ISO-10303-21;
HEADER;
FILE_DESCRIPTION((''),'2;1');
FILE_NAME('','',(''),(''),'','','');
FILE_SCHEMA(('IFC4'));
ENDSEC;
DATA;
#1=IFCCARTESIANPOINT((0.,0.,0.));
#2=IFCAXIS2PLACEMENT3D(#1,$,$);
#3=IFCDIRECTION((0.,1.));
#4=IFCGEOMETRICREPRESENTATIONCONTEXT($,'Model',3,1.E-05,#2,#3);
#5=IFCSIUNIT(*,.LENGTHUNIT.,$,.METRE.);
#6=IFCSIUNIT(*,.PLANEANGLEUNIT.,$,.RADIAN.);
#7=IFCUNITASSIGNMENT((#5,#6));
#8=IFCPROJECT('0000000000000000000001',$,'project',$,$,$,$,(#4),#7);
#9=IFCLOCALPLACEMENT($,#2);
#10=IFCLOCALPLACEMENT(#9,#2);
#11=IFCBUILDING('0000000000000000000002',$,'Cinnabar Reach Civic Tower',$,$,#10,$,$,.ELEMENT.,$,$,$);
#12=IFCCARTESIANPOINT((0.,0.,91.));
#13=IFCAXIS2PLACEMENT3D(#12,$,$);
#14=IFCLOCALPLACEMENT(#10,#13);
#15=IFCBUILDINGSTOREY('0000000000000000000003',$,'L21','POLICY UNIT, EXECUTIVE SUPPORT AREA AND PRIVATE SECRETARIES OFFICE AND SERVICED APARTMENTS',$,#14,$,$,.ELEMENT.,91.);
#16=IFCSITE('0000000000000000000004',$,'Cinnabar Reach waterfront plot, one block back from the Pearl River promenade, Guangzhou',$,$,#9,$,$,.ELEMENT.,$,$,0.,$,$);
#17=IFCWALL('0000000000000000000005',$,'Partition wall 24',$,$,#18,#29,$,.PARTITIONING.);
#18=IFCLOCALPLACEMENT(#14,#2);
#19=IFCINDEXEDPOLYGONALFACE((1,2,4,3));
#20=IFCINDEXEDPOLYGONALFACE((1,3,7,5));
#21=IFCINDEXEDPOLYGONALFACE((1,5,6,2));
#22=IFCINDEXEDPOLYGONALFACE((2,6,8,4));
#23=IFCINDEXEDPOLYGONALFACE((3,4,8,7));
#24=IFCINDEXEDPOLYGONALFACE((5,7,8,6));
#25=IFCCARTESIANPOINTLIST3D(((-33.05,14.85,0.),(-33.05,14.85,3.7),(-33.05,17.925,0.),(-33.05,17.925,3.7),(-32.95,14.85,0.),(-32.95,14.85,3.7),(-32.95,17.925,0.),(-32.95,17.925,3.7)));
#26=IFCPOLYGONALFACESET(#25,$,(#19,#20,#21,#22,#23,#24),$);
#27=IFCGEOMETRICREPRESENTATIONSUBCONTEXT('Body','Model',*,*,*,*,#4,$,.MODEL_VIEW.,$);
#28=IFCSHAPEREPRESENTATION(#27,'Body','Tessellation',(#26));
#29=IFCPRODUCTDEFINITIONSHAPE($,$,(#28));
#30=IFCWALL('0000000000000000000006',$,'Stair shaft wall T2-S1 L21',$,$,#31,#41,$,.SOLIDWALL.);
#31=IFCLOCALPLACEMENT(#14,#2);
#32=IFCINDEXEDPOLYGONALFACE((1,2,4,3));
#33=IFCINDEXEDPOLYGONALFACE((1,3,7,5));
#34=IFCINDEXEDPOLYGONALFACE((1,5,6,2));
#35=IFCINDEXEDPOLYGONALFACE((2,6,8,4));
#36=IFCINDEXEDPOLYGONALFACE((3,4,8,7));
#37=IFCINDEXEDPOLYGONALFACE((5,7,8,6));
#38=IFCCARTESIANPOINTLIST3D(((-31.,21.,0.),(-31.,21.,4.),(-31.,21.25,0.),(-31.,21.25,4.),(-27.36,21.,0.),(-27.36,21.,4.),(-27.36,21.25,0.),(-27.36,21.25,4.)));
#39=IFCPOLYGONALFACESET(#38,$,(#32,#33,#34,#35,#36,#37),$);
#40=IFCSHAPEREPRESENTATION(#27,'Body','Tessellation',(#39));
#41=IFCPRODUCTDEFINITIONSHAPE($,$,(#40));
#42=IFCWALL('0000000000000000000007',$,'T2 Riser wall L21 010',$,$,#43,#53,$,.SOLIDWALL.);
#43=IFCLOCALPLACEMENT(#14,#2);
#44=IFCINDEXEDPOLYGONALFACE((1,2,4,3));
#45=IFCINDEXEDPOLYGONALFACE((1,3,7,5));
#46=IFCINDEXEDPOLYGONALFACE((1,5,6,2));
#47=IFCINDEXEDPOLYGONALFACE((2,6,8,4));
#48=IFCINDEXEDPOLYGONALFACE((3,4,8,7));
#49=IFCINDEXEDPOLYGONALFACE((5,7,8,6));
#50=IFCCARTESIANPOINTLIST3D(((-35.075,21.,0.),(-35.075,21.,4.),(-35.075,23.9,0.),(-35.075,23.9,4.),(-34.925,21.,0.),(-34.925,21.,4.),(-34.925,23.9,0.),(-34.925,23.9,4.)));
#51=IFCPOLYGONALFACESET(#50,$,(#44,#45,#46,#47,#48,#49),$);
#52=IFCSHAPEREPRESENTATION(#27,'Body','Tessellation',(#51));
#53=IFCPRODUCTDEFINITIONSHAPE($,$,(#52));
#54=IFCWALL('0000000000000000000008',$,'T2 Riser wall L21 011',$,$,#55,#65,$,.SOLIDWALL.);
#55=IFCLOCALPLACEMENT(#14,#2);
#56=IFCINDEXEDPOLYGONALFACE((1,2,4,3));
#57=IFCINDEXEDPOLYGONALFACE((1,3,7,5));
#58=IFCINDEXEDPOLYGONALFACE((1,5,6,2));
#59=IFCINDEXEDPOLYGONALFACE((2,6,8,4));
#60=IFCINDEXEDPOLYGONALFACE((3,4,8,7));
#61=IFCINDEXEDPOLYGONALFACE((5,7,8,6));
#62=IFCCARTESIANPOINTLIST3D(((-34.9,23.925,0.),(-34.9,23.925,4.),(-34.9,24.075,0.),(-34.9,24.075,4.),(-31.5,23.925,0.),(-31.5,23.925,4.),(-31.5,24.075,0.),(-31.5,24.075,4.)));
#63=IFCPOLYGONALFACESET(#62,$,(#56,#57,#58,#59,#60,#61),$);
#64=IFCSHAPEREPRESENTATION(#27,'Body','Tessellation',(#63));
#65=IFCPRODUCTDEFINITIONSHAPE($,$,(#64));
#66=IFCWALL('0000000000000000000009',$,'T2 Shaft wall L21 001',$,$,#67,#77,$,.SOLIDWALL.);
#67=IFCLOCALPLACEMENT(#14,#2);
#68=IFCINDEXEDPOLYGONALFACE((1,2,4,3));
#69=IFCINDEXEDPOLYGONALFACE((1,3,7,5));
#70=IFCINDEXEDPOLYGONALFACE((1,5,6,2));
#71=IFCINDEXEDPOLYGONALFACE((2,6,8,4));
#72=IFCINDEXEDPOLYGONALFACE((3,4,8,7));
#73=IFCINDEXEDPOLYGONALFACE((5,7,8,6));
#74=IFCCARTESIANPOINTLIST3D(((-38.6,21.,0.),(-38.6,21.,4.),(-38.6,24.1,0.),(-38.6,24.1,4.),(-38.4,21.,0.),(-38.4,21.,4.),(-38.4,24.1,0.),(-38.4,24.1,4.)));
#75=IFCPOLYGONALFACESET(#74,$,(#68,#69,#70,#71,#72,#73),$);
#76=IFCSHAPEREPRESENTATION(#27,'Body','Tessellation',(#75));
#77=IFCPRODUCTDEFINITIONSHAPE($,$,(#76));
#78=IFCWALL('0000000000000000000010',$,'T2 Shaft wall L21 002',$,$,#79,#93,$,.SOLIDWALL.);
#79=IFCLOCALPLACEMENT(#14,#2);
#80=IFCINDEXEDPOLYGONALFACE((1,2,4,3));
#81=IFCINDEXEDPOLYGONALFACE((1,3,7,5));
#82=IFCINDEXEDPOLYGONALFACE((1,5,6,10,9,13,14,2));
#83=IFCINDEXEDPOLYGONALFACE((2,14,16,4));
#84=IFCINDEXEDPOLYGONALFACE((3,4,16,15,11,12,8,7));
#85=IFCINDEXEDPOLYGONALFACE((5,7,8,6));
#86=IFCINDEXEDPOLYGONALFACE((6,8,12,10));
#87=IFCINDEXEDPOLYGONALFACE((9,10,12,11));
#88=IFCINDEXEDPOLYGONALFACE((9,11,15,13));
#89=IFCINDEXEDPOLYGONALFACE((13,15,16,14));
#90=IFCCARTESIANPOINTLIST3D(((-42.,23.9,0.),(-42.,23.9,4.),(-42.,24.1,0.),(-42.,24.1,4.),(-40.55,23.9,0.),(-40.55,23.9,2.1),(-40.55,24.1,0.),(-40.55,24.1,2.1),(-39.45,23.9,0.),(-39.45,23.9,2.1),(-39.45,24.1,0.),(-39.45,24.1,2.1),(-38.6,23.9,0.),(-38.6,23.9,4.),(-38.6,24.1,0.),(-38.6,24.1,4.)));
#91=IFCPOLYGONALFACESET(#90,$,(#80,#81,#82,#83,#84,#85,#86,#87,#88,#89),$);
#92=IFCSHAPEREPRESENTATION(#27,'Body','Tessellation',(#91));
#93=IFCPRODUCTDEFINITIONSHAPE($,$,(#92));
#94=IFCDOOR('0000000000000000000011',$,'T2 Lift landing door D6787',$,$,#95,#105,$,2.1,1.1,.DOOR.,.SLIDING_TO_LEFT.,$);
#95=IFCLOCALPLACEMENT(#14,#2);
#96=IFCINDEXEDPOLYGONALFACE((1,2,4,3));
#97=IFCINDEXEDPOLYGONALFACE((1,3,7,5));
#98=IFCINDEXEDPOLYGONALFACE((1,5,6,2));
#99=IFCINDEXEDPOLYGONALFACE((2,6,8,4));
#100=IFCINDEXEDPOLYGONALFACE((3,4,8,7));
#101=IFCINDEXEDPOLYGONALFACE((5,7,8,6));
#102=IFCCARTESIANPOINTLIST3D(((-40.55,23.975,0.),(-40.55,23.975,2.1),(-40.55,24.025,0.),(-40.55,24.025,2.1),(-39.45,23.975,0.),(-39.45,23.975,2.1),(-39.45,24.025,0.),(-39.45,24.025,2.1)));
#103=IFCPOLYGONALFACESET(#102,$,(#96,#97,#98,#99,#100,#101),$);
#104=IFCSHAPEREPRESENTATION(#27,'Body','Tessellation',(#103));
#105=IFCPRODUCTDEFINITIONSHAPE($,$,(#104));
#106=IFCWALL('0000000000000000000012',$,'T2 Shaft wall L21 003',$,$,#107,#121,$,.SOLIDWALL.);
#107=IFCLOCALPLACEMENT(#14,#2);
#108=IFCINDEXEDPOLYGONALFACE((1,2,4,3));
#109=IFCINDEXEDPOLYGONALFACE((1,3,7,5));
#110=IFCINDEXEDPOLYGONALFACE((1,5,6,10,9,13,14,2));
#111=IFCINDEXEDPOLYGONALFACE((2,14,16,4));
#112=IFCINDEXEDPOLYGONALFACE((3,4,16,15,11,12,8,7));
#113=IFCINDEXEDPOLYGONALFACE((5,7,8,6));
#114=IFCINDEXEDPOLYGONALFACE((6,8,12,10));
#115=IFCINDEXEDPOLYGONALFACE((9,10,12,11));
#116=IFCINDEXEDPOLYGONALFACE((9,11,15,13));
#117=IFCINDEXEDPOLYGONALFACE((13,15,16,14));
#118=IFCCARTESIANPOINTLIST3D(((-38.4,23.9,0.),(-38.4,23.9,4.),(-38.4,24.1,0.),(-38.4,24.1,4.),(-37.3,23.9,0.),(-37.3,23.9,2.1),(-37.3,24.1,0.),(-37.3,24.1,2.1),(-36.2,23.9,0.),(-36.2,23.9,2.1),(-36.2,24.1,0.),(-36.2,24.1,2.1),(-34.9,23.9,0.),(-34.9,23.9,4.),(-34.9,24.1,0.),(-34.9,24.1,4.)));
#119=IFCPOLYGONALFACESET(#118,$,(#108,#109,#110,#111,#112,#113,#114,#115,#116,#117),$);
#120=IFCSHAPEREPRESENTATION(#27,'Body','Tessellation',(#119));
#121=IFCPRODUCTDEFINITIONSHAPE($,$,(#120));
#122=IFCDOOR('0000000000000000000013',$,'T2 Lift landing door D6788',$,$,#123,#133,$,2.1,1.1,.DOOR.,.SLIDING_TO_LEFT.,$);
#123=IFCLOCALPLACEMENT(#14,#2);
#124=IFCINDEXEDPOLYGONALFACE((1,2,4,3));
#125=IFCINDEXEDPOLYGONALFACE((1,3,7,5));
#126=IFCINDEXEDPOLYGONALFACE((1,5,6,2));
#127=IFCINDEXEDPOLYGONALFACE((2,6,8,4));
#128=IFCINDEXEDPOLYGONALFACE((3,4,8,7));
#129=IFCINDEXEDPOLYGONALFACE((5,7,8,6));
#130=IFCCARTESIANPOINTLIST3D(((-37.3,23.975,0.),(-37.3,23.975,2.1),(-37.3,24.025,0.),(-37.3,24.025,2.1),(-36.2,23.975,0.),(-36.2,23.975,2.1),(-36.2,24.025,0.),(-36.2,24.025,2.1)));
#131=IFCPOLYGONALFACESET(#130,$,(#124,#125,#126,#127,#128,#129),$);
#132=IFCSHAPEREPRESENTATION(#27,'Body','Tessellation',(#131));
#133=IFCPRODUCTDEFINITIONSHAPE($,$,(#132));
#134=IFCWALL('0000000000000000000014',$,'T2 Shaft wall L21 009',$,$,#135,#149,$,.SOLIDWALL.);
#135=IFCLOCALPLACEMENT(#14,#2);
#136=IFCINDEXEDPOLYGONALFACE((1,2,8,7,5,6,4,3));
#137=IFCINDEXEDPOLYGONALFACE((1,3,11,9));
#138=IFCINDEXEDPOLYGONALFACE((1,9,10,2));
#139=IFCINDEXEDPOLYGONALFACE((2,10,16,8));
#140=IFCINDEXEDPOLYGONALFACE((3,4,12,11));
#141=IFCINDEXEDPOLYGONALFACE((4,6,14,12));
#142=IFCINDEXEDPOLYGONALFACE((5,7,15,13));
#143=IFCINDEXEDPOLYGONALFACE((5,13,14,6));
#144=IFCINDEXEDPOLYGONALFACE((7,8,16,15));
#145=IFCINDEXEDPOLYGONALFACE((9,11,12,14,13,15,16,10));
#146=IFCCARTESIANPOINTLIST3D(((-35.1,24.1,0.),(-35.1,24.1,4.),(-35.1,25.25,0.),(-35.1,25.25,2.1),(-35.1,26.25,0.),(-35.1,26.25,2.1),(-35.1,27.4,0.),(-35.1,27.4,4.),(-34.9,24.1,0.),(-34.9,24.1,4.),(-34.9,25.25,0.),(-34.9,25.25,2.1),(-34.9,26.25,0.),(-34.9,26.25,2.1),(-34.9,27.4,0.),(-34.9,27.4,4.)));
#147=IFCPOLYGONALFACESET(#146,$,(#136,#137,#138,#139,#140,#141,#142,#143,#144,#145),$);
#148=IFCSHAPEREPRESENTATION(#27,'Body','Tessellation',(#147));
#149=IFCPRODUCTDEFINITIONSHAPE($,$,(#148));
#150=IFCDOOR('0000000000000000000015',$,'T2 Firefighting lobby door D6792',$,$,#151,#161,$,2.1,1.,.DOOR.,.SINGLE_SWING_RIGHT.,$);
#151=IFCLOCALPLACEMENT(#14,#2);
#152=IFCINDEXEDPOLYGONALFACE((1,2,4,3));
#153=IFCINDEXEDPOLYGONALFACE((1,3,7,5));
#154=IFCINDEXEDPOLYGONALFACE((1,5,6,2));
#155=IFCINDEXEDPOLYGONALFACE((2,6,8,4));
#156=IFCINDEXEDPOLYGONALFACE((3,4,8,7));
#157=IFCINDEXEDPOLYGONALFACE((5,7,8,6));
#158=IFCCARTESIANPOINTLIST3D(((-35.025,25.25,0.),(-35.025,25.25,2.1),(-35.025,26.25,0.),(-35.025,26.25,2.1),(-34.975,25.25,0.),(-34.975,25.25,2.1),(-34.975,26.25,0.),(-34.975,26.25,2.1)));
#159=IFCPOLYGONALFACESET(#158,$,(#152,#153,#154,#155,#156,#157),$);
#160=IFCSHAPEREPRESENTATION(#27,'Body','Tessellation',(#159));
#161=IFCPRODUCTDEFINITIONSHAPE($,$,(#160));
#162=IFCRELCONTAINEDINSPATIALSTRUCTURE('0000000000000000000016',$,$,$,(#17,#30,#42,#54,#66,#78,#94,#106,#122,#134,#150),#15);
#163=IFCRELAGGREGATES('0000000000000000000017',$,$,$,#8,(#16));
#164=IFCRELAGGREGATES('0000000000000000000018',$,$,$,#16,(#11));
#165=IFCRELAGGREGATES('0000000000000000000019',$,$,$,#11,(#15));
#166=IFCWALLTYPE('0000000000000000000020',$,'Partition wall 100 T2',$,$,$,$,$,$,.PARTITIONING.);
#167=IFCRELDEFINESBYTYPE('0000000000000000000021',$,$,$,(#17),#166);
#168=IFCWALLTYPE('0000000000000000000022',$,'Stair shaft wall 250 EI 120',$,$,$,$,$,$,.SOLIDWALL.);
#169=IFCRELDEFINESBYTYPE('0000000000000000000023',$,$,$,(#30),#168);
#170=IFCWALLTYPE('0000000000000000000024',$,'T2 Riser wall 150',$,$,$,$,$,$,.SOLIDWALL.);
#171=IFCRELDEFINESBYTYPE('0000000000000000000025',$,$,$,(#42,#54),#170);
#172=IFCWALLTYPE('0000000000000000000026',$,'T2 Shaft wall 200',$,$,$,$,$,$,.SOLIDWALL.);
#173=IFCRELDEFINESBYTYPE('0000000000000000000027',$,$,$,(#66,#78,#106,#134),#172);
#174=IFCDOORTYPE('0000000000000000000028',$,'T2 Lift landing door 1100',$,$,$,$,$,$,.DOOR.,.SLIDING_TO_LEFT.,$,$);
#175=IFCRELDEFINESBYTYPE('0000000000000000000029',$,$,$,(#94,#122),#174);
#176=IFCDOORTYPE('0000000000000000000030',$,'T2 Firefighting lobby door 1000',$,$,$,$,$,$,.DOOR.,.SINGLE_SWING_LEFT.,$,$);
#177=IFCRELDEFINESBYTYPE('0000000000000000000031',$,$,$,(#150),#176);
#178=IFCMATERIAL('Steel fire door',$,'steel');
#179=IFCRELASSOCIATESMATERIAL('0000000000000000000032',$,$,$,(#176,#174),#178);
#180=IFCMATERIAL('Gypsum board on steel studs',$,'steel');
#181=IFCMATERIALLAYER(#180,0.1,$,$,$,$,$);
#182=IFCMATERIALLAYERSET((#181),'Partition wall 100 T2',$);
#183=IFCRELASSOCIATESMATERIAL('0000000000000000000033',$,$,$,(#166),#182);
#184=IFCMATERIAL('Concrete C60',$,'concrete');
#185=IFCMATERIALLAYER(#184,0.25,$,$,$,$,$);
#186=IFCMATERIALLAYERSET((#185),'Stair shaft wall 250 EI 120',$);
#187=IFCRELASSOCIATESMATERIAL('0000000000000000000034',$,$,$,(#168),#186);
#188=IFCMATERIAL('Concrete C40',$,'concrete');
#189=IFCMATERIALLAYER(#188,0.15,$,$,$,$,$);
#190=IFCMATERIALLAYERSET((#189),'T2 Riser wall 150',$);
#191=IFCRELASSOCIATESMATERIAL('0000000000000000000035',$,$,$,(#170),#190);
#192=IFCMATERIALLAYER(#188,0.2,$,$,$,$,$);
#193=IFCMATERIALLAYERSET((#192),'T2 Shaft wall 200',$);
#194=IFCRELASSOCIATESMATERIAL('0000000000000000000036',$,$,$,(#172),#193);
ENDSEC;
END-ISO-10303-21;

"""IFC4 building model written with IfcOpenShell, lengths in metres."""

from ifc_helpers import new_model, si_unit, direction, frame, frame_2d, origin, place, context, subcontext, project, spatial, rectangle, extrude, material, layer, layer_set, type_object, element, fill, save


model = new_model("IFC4")

# Units and contexts
model_context = context("Model", 3, precision=1e-05, world=origin(), true_north=direction((0.0, 1.0)))
body_context = subcontext(model_context, "Body", "Model", "MODEL_VIEW")
ifc_project = project(units=[si_unit("LENGTHUNIT", "METRE"), si_unit("PLANEANGLEUNIT", "RADIAN")], contexts=[model_context])

# Site, building, storey
site_placement = place(None, origin())
site = spatial("IfcSite", under=ifc_project, at=site_placement, Name="Cinnabar Reach waterfront plot, one block back from the Pearl River promenade, Guangzhou", CompositionType="ELEMENT", RefElevation=0.0)
building_placement = place(site_placement, origin())
building = spatial("IfcBuilding", under=site, at=building_placement, Name="Cinnabar Reach Civic Tower", CompositionType="ELEMENT")
storey_placement = place(building_placement, frame((0.0, 0.0, 91.0)))
storey = spatial("IfcBuildingStorey", under=building, at=storey_placement, Name="L21", Description="POLICY UNIT, EXECUTIVE SUPPORT AREA AND PRIVATE SECRETARIES OFFICE AND SERVICED APARTMENTS", CompositionType="ELEMENT", Elevation=91.0)

# Shared definitions
ifc_material_1 = material(Name="Concrete C60", Category="concrete")

# Shared definitions
ifc_material_2 = material(Name="Steel fire door", Category="steel")
door_type_1 = type_object("IfcDoorType", Name="T2 Firefighting lobby door 1000", OperationType="SINGLE_SWING_LEFT", PredefinedType="DOOR", material=ifc_material_2)

# Walls
ifc_material_3 = material(Name="Gypsum board on steel studs", Category="steel")
ifc_layer_1 = layer(ifc_material_3, 0.1)
ifc_layer_set_1 = layer_set([ifc_layer_1], Name="Partition wall 100 T2")
wall_type_1 = type_object("IfcWallType", Name="Partition wall 100 T2", PredefinedType="PARTITIONING", material=ifc_layer_set_1)
wall_1_placement = place(storey_placement, frame((-33.0, 14.85, 0.0), z_axis=(0.0, 0.0, 1.0), x_axis=(0.0, 1.0, 0.0)))
element("IfcWall", 1, at=wall_1_placement, inside=storey, type_object=wall_type_1, Name="Partition wall 24", PredefinedType="PARTITIONING", context=body_context, shape_type="SweptSolid", body=[
    extrude(rectangle(XDim=3.075, YDim=0.1, at=frame_2d((1.5375, 0.0))), origin(), (0.0, 0.0, 1.0), 3.7),
])
ifc_layer_2 = layer(ifc_material_1, 0.25)
ifc_layer_set_2 = layer_set([ifc_layer_2], Name="Stair shaft wall 250 EI 120")
wall_type_2 = type_object("IfcWallType", Name="Stair shaft wall 250 EI 120", PredefinedType="SOLIDWALL", material=ifc_layer_set_2)
wall_2_placement = place(storey_placement, frame((-31.0, 21.125, 0.0), z_axis=(0.0, 0.0, 1.0), x_axis=(1.0, 0.0, 0.0)))
element("IfcWall", 2, at=wall_2_placement, inside=storey, type_object=wall_type_2, Name="Stair shaft wall T2-S1 L21", PredefinedType="SOLIDWALL", context=body_context, shape_type="SweptSolid", body=[
    extrude(rectangle(XDim=3.64, YDim=0.25, at=frame_2d((1.82, 0.0))), origin(), (0.0, 0.0, 1.0), 4.0),
])
ifc_material_4 = material(Name="Concrete C40", Category="concrete")
ifc_layer_3 = layer(ifc_material_4, 0.15)
ifc_layer_set_3 = layer_set([ifc_layer_3], Name="T2 Riser wall 150")
wall_type_3 = type_object("IfcWallType", Name="T2 Riser wall 150", PredefinedType="SOLIDWALL", material=ifc_layer_set_3)
wall_3_placement = place(storey_placement, frame((-35.0, 21.0, 0.0), z_axis=(0.0, 0.0, 1.0), x_axis=(0.0, 1.0, 0.0)))
element("IfcWall", 3, at=wall_3_placement, inside=storey, type_object=wall_type_3, Name="T2 Riser wall L21 010", PredefinedType="SOLIDWALL", context=body_context, shape_type="SweptSolid", body=[
    extrude(rectangle(XDim=2.9, YDim=0.15, at=frame_2d((1.45, 0.0))), origin(), (0.0, 0.0, 1.0), 4.0),
])
wall_4_placement = place(storey_placement, frame((-31.5, 24.0, 0.0), z_axis=(0.0, 0.0, 1.0), x_axis=(-1.0, 0.0, 0.0)))
element("IfcWall", 4, at=wall_4_placement, inside=storey, type_object=wall_type_3, Name="T2 Riser wall L21 011", PredefinedType="SOLIDWALL", context=body_context, shape_type="SweptSolid", body=[
    extrude(rectangle(XDim=3.4, YDim=0.15, at=frame_2d((1.7, 0.0))), origin(), (0.0, 0.0, 1.0), 4.0),
])
ifc_layer_4 = layer(ifc_material_4, 0.2)
ifc_layer_set_4 = layer_set([ifc_layer_4], Name="T2 Shaft wall 200")
wall_type_4 = type_object("IfcWallType", Name="T2 Shaft wall 200", PredefinedType="SOLIDWALL", material=ifc_layer_set_4)
wall_5_placement = place(storey_placement, frame((-38.5, 21.0, 0.0), z_axis=(0.0, 0.0, 1.0), x_axis=(0.0, 1.0, 0.0)))
element("IfcWall", 5, at=wall_5_placement, inside=storey, type_object=wall_type_4, Name="T2 Shaft wall L21 001", PredefinedType="SOLIDWALL", context=body_context, shape_type="SweptSolid", body=[
    extrude(rectangle(XDim=3.1, YDim=0.2, at=frame_2d((1.55, 0.0))), origin(), (0.0, 0.0, 1.0), 4.0),
])

# Walls, openings, doors
wall_6_placement = place(storey_placement, frame((-38.6, 24.0, 0.0), z_axis=(0.0, 0.0, 1.0), x_axis=(-1.0, 0.0, 0.0)))
wall_6 = element("IfcWall", 6, at=wall_6_placement, inside=storey, type_object=wall_type_4, Name="T2 Shaft wall L21 002", PredefinedType="SOLIDWALL", context=body_context, shape_type="SweptSolid", body=[
    extrude(rectangle(XDim=3.4, YDim=0.2, at=frame_2d((1.7, 0.0))), origin(), (0.0, 0.0, 1.0), 4.0),
])
opening_1_placement = place(wall_6_placement, frame((0.85, 0.0, 0.0)))
opening_1 = element("IfcOpeningElement", 7, at=opening_1_placement, cuts=wall_6, PredefinedType="OPENING", context=body_context, shape_type="SweptSolid", body=[
    extrude(rectangle(XDim=1.1, YDim=2.1, at=frame_2d((0.55, 1.05))), frame((0.0, 0.11, 0.0), z_axis=(0.0, -1.0, 0.0), x_axis=(1.0, 0.0, 0.0)), (0.0, 0.0, 1.0), 0.22),
])
door_type_2 = type_object("IfcDoorType", Name="T2 Lift landing door 1100", OperationType="SLIDING_TO_LEFT", PredefinedType="DOOR", material=ifc_material_2)
door_1_placement = place(opening_1_placement, origin())
door_1 = element("IfcDoor", 8, at=door_1_placement, inside=storey, type_object=door_type_2, Name="T2 Lift landing door D6787", OperationType="SLIDING_TO_LEFT", OverallHeight=2.1, OverallWidth=1.1, PredefinedType="DOOR", context=body_context, shape_type="SweptSolid", body=[
    extrude(rectangle(XDim=1.1, YDim=2.1, at=frame_2d((0.55, 1.05))), frame((0.0, 0.025, 0.0), z_axis=(0.0, -1.0, 0.0), x_axis=(1.0, 0.0, 0.0)), (0.0, 0.0, 1.0), 0.05),
])
fill(opening_1, door_1)
wall_7_placement = place(storey_placement, frame((-34.9, 24.0, 0.0), z_axis=(0.0, 0.0, 1.0), x_axis=(-1.0, 0.0, 0.0)))
wall_7 = element("IfcWall", 9, at=wall_7_placement, inside=storey, type_object=wall_type_4, Name="T2 Shaft wall L21 003", PredefinedType="SOLIDWALL", context=body_context, shape_type="SweptSolid", body=[
    extrude(rectangle(XDim=3.5, YDim=0.2, at=frame_2d((1.75, 0.0))), origin(), (0.0, 0.0, 1.0), 4.0),
])
opening_2_placement = place(wall_7_placement, frame((1.3, 0.0, 0.0)))
opening_2 = element("IfcOpeningElement", 10, at=opening_2_placement, cuts=wall_7, PredefinedType="OPENING", context=body_context, shape_type="SweptSolid", body=[
    extrude(rectangle(XDim=1.1, YDim=2.1, at=frame_2d((0.55, 1.05))), frame((0.0, 0.11, 0.0), z_axis=(0.0, -1.0, 0.0), x_axis=(1.0, 0.0, 0.0)), (0.0, 0.0, 1.0), 0.22),
])
door_2_placement = place(opening_2_placement, origin())
door_2 = element("IfcDoor", 11, at=door_2_placement, inside=storey, type_object=door_type_2, Name="T2 Lift landing door D6788", OperationType="SLIDING_TO_LEFT", OverallHeight=2.1, OverallWidth=1.1, PredefinedType="DOOR", context=body_context, shape_type="SweptSolid", body=[
    extrude(rectangle(XDim=1.1, YDim=2.1, at=frame_2d((0.55, 1.05))), frame((0.0, 0.025, 0.0), z_axis=(0.0, -1.0, 0.0), x_axis=(1.0, 0.0, 0.0)), (0.0, 0.0, 1.0), 0.05),
])
fill(opening_2, door_2)
wall_8_placement = place(storey_placement, frame((-35.0, 24.1, 0.0), z_axis=(0.0, 0.0, 1.0), x_axis=(0.0, 1.0, 0.0)))
wall_8 = element("IfcWall", 12, at=wall_8_placement, inside=storey, type_object=wall_type_4, Name="T2 Shaft wall L21 009", PredefinedType="SOLIDWALL", context=body_context, shape_type="SweptSolid", body=[
    extrude(rectangle(XDim=3.3, YDim=0.2, at=frame_2d((1.65, 0.0))), origin(), (0.0, 0.0, 1.0), 4.0),
])
opening_3_placement = place(wall_8_placement, frame((1.15, 0.0, 0.0)))
opening_3 = element("IfcOpeningElement", 13, at=opening_3_placement, cuts=wall_8, PredefinedType="OPENING", context=body_context, shape_type="SweptSolid", body=[
    extrude(rectangle(XDim=1.0, YDim=2.1, at=frame_2d((0.5, 1.05))), frame((0.0, 0.11, 0.0), z_axis=(0.0, -1.0, 0.0), x_axis=(1.0, 0.0, 0.0)), (0.0, 0.0, 1.0), 0.22),
])
door_3_placement = place(opening_3_placement, origin())
door_3 = element("IfcDoor", 14, at=door_3_placement, inside=storey, type_object=door_type_1, Name="T2 Firefighting lobby door D6792", OperationType="SINGLE_SWING_RIGHT", OverallHeight=2.1, OverallWidth=1.0, PredefinedType="DOOR", context=body_context, shape_type="SweptSolid", body=[
    extrude(rectangle(XDim=1.0, YDim=2.1, at=frame_2d((0.5, 1.05))), frame((0.0, 0.025, 0.0), z_axis=(0.0, -1.0, 0.0), x_axis=(1.0, 0.0, 0.0)), (0.0, 0.0, 1.0), 0.05),
])
fill(opening_3, door_3)

save(model, "model.ifc")
